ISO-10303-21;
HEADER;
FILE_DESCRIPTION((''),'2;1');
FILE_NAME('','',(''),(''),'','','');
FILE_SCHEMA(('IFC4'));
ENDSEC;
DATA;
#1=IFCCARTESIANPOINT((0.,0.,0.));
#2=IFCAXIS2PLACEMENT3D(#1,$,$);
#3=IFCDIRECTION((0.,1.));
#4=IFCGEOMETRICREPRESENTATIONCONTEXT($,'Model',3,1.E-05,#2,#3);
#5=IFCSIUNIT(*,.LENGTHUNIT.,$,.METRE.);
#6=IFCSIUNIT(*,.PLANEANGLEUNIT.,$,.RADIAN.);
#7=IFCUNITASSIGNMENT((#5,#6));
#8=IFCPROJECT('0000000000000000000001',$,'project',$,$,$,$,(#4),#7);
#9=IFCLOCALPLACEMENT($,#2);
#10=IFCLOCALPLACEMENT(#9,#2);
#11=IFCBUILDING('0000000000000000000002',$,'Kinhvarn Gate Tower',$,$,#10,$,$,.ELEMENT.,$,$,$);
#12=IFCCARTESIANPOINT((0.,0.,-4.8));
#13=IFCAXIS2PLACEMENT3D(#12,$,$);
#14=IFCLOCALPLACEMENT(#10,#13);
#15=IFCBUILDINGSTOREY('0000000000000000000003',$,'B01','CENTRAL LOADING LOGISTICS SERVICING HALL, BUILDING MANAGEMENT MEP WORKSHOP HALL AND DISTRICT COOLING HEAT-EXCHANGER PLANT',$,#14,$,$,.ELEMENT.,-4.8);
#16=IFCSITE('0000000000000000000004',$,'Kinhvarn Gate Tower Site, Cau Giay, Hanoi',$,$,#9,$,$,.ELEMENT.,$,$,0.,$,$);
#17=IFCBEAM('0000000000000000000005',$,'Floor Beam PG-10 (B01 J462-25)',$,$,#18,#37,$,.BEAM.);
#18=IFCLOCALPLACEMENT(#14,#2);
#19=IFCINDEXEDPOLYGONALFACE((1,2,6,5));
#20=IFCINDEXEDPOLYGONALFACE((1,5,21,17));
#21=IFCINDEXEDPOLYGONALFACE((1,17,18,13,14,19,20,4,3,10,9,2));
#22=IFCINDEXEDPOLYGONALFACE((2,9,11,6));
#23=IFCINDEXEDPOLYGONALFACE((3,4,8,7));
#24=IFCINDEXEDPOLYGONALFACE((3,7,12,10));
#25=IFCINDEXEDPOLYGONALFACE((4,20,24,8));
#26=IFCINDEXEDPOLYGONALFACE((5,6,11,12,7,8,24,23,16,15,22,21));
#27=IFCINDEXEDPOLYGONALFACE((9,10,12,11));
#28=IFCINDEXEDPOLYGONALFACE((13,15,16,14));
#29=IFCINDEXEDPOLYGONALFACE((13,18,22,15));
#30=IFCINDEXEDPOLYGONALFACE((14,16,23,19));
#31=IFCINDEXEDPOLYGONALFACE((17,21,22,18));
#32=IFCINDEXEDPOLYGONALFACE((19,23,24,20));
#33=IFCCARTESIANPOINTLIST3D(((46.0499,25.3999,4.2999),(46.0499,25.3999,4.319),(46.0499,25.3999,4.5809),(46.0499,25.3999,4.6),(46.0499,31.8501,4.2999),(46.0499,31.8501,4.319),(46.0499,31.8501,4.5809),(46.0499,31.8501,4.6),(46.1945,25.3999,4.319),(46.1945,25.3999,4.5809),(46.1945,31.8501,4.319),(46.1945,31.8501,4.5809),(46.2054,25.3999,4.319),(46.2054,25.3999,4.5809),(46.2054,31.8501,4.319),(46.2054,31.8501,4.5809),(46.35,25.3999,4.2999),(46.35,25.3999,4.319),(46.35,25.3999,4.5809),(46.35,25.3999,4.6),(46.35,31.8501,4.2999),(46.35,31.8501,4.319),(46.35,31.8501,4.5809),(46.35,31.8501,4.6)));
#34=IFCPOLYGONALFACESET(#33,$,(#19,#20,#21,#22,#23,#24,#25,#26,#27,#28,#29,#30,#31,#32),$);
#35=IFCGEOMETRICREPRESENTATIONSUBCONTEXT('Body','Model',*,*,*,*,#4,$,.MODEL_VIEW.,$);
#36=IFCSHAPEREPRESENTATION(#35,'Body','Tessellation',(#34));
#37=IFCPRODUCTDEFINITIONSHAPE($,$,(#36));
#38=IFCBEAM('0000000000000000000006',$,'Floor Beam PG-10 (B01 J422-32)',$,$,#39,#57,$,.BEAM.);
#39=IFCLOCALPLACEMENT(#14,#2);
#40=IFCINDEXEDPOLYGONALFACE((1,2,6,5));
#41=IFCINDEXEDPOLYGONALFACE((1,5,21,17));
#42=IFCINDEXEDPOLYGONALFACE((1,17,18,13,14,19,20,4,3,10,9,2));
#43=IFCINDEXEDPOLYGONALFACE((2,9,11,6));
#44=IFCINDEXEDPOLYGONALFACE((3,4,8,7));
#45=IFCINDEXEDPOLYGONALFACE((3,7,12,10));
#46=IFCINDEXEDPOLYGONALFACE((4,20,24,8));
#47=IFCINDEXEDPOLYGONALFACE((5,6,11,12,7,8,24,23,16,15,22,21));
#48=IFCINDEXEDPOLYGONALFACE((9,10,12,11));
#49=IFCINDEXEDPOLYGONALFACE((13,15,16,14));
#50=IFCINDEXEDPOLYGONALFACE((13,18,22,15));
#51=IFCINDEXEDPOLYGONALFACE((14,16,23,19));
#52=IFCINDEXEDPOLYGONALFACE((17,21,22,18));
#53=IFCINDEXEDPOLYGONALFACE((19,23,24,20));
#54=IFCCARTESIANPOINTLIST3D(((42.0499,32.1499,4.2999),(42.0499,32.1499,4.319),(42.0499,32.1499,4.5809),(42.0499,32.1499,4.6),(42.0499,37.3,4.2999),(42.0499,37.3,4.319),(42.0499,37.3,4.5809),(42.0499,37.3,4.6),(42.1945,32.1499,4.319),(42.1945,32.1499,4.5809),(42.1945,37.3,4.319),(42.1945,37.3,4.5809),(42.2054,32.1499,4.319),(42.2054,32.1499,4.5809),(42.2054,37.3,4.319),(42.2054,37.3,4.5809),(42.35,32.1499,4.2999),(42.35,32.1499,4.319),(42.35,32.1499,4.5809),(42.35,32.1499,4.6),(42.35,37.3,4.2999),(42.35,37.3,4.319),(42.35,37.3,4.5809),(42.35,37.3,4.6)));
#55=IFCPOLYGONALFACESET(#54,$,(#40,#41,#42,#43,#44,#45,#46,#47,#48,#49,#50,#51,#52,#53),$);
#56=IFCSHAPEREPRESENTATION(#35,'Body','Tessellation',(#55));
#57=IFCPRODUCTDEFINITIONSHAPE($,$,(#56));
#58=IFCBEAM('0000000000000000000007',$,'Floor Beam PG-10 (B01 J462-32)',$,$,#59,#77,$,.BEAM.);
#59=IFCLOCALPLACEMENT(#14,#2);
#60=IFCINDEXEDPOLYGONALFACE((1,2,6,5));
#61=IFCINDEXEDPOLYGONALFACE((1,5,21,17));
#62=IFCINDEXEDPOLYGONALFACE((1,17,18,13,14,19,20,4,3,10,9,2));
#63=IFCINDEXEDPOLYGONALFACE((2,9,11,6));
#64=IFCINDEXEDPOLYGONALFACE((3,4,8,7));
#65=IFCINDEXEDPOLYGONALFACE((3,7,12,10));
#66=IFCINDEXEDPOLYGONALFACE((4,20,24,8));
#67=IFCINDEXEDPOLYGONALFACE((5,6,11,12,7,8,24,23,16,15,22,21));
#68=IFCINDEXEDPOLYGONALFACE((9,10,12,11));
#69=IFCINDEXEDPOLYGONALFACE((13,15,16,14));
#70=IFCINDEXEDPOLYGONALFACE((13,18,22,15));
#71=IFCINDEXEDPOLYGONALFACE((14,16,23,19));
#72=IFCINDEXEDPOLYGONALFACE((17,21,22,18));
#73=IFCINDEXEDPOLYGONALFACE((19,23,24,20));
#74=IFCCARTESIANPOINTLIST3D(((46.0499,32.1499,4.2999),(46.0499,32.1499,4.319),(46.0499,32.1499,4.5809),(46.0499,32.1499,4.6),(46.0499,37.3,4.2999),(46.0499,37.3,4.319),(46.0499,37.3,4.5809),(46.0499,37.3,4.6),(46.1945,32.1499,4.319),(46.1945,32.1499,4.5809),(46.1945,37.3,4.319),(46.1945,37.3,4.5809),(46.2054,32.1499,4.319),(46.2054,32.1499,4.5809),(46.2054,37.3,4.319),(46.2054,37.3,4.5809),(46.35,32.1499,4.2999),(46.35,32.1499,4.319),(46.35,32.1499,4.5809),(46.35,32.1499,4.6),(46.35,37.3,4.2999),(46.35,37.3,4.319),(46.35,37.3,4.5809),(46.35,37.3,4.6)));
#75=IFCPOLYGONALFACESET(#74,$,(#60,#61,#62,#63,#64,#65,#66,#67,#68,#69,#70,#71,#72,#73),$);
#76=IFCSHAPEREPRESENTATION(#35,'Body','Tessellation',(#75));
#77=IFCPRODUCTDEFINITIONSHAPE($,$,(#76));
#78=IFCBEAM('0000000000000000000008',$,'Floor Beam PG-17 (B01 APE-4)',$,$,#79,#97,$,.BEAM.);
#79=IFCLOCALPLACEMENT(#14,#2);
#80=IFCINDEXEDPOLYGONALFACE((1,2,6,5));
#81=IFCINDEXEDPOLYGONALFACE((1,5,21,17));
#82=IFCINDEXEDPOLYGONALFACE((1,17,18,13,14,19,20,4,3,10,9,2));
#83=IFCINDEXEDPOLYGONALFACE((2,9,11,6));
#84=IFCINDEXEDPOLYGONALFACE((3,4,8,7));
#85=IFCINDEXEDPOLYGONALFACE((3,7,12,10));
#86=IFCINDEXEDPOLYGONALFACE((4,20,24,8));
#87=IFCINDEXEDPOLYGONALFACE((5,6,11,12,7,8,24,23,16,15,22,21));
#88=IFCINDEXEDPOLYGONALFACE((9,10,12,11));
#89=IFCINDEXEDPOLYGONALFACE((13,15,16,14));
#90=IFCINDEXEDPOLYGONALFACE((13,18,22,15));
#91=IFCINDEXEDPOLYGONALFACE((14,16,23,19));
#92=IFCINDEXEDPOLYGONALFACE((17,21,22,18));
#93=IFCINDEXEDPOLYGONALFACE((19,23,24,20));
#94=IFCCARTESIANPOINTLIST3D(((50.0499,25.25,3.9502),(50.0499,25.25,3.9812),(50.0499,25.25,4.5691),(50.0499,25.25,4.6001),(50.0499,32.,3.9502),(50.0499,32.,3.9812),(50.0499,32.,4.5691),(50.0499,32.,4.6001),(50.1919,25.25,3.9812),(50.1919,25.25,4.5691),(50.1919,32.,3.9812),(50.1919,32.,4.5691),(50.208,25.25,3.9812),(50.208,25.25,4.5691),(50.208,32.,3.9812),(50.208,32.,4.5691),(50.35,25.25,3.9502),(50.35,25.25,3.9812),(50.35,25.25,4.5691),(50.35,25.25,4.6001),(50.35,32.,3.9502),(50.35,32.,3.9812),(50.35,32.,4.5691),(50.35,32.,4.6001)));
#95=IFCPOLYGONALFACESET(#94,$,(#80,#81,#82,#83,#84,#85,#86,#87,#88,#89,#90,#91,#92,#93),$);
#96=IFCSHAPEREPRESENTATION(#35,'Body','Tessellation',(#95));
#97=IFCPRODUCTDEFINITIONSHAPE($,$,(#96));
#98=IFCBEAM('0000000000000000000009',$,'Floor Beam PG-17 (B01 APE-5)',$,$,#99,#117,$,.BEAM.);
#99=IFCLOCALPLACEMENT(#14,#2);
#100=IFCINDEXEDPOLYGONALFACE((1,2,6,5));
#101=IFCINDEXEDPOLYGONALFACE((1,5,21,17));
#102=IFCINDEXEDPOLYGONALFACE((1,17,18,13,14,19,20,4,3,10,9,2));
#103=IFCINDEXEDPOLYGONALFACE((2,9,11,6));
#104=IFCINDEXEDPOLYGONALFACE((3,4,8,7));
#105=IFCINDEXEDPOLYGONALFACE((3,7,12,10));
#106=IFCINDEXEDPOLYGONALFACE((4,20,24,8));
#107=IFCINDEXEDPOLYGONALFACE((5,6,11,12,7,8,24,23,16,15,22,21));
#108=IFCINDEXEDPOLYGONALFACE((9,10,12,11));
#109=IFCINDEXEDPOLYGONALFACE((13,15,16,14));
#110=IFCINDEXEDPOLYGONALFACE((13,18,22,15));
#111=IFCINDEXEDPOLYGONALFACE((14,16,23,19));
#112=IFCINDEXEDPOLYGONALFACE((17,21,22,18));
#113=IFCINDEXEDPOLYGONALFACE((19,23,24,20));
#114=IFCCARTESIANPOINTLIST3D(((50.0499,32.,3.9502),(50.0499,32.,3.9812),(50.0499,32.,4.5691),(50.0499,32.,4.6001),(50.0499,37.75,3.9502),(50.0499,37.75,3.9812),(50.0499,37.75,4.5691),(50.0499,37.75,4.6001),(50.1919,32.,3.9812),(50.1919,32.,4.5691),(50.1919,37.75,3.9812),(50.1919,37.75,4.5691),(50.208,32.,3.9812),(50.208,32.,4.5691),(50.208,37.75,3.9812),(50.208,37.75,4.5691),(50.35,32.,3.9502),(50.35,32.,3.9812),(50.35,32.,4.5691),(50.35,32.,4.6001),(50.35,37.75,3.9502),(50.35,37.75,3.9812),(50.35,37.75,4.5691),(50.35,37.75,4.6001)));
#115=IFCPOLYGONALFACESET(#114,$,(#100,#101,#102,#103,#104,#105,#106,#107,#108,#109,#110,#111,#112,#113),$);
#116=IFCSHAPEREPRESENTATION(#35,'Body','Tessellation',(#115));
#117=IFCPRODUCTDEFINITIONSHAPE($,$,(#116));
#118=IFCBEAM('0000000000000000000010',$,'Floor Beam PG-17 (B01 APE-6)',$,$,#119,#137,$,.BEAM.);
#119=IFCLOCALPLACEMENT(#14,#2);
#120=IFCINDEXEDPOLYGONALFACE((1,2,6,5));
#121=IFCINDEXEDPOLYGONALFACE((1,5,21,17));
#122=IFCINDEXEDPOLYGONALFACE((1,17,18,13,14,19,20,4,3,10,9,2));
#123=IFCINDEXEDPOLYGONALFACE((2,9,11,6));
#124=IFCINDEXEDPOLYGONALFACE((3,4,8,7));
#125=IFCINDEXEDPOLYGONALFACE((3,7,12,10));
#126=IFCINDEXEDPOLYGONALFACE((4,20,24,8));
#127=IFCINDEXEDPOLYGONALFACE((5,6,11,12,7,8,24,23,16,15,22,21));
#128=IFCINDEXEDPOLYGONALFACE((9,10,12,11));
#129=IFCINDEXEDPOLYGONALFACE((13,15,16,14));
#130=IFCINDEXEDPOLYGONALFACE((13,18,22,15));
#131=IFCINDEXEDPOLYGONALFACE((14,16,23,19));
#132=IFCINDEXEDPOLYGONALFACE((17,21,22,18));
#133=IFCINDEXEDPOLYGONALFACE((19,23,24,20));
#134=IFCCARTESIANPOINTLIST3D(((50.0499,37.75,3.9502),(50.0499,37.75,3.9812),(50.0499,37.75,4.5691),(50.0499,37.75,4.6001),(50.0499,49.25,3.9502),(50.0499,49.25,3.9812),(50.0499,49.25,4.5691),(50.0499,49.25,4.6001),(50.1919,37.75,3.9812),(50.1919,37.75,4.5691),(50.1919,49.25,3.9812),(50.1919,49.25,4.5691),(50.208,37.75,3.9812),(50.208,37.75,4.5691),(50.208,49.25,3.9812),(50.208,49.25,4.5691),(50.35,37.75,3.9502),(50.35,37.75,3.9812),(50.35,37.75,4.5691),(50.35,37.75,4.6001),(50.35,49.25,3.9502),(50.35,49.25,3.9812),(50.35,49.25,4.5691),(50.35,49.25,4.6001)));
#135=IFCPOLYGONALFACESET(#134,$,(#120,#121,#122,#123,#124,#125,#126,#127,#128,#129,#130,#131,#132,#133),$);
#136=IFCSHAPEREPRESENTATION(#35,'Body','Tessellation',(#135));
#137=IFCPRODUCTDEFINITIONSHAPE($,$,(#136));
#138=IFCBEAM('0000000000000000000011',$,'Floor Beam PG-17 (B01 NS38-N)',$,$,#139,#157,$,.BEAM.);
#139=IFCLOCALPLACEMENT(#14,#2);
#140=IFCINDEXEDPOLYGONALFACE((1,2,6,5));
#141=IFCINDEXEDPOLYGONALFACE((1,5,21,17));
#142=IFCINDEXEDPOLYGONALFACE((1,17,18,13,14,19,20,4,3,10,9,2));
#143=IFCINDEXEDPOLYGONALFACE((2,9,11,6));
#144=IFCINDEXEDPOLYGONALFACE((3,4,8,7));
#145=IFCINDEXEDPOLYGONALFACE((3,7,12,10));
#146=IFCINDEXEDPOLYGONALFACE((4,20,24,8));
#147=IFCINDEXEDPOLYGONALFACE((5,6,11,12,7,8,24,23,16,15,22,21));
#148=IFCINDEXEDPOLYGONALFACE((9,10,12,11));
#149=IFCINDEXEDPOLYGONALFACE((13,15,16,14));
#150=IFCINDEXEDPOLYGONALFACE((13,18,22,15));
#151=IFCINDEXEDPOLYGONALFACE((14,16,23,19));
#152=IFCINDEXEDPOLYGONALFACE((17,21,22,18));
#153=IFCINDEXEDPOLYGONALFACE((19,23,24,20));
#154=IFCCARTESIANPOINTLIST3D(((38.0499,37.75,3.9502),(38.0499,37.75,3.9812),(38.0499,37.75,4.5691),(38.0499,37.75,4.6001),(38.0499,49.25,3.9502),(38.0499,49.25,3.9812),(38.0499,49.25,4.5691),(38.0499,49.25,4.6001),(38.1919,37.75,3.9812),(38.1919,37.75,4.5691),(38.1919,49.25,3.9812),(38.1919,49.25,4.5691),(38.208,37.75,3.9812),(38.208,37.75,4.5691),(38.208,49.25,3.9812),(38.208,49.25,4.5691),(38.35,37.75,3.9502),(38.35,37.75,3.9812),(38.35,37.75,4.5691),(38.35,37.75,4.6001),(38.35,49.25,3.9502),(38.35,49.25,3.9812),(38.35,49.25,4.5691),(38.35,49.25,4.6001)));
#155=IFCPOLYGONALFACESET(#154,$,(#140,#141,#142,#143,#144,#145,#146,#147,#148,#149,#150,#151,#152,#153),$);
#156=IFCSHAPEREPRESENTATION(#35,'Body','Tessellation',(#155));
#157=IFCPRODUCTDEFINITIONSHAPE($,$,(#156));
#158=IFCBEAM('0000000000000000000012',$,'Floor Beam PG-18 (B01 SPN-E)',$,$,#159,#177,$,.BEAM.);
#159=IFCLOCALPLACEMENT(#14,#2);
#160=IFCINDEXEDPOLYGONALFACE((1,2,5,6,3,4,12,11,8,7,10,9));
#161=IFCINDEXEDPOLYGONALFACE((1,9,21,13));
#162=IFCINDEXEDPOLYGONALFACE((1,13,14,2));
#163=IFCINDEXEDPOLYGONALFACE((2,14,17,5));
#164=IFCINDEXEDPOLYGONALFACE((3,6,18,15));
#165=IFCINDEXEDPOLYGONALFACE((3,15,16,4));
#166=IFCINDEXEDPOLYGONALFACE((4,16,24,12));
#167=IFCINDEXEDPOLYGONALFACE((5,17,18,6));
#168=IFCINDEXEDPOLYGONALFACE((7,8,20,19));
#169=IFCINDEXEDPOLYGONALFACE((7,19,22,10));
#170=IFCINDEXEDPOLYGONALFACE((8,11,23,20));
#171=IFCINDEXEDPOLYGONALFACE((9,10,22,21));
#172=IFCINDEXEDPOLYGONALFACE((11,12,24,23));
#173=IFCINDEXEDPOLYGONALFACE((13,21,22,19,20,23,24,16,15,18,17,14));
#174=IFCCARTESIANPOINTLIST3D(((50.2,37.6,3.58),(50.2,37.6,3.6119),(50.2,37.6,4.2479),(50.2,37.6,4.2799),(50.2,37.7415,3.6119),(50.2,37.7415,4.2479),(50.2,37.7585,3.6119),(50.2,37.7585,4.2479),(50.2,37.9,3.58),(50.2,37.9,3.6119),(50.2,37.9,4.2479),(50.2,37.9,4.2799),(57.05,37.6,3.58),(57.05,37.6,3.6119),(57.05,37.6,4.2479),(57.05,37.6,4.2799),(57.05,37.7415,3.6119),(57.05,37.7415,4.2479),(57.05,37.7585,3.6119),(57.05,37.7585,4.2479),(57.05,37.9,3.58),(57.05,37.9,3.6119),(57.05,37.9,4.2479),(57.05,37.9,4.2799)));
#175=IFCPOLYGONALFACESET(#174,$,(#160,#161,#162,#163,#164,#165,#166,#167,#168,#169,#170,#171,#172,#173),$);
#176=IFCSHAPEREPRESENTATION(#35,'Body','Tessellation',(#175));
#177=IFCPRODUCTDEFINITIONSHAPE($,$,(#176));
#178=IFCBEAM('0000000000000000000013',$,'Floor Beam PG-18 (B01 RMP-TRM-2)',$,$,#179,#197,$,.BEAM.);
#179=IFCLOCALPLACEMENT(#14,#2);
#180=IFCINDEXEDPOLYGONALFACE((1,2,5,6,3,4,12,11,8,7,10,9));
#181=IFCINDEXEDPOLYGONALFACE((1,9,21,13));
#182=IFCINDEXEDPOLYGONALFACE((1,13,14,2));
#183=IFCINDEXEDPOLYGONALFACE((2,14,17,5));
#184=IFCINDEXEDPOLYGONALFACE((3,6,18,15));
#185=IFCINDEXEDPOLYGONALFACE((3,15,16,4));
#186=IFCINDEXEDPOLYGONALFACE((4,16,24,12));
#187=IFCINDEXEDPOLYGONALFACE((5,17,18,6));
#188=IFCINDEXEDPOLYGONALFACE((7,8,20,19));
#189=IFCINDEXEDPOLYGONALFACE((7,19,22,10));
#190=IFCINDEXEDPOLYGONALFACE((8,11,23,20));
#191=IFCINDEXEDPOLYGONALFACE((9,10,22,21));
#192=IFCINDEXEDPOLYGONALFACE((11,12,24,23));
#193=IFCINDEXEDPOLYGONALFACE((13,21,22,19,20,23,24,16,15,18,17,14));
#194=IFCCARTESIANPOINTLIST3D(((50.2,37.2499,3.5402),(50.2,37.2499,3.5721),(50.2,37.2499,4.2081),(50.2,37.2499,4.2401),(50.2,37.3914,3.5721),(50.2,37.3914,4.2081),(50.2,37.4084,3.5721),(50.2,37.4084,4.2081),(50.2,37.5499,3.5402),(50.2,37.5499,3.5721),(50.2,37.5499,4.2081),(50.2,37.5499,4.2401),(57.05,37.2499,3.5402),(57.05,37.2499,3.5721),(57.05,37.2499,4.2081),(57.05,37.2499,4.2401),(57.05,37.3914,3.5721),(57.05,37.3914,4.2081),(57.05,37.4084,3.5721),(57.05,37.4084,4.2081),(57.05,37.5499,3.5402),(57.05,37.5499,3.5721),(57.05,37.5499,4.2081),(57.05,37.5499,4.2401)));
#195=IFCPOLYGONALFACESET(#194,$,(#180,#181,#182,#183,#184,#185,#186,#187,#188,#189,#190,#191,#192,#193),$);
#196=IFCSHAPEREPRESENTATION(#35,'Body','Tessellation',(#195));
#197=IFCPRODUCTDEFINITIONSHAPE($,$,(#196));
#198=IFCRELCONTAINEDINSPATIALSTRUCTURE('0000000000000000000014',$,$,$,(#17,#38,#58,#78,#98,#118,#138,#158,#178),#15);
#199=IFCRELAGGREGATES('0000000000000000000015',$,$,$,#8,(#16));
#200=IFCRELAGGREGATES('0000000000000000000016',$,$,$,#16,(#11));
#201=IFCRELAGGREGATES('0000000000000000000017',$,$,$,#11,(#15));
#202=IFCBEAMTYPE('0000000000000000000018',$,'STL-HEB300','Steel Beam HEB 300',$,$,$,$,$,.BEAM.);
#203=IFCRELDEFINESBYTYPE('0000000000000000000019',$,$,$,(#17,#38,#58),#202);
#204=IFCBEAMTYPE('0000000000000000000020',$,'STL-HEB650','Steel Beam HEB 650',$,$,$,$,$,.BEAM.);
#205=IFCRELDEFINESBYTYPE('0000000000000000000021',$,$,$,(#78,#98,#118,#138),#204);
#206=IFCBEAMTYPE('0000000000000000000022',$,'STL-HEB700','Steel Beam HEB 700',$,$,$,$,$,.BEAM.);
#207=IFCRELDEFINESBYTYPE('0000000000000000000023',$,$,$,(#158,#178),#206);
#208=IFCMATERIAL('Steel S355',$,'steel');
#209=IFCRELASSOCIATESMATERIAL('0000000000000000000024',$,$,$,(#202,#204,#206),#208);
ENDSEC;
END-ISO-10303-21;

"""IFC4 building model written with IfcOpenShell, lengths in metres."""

from ifc_helpers import new_model, si_unit, direction, frame, origin, origin_2d, place, context, subcontext, project, spatial, i_section, extrude, material, material_profile, profile_set, type_object, element, save


model = new_model("IFC4")

# Units and contexts
model_context = context("Model", 3, precision=1e-05, world=origin(), true_north=direction((0.0, 1.0)))
body_context = subcontext(model_context, "Body", "Model", "MODEL_VIEW")
ifc_project = project(units=[si_unit("LENGTHUNIT", "METRE"), si_unit("PLANEANGLEUNIT", "RADIAN")], contexts=[model_context])

# Site, building, storey
site_placement = place(None, origin())
site = spatial("IfcSite", under=ifc_project, at=site_placement, Name="Kinhvarn Gate Tower Site, Cau Giay, Hanoi", CompositionType="ELEMENT", RefElevation=0.0)
building_placement = place(site_placement, origin())
building = spatial("IfcBuilding", under=site, at=building_placement, Name="Kinhvarn Gate Tower", CompositionType="ELEMENT")
storey_placement = place(building_placement, frame((0.0, 0.0, -4.8)))
storey = spatial("IfcBuildingStorey", under=building, at=storey_placement, Name="B01", Description="CENTRAL LOADING LOGISTICS SERVICING HALL, BUILDING MANAGEMENT MEP WORKSHOP HALL AND DISTRICT COOLING HEAT-EXCHANGER PLANT", CompositionType="ELEMENT", Elevation=-4.8)

# Beams
ifc_material_1 = material(Name="Steel S355", Category="steel")
ifc_material_profile_1 = material_profile(ifc_material_1, i_section(OverallWidth=0.3, OverallDepth=0.3, WebThickness=0.011, FlangeThickness=0.019, at=origin_2d()), Name="HEB 300")
ifc_profile_set_1 = profile_set([ifc_material_profile_1], Name="Steel S355")
beam_type_1 = type_object("IfcBeamType", Name="STL-HEB300", Description="Steel Beam HEB 300", PredefinedType="BEAM", material=ifc_profile_set_1)
for number, where, z_axis, x_axis, name in (
    (1, (46.2, 25.3999, 4.45), (0.0, 1.0, 0.0), (-1.0, 0.0, 0.0), "Floor Beam PG-10 (B01 J462-25)"),
):
    element("IfcBeam", number, at=place(storey_placement, frame(where, z_axis=z_axis, x_axis=x_axis)), inside=storey, type_object=beam_type_1, Name=name, PredefinedType="BEAM", context=body_context, shape_type="SweptSolid", body=[
        extrude(i_section(OverallWidth=0.3, OverallDepth=0.3, WebThickness=0.011, FlangeThickness=0.019, at=origin_2d()), origin(), (0.0, 0.0, 1.0), 6.4502),
    ])
for number, where, z_axis, x_axis, name in (
    (2, (42.2, 32.1499, 4.45), (0.0, 1.0, 0.0), (-1.0, 0.0, 0.0), "Floor Beam PG-10 (B01 J422-32)"),
    (3, (46.2, 32.1499, 4.45), (0.0, 1.0, 0.0), (-1.0, 0.0, 0.0), "Floor Beam PG-10 (B01 J462-32)"),
):
    element("IfcBeam", number, at=place(storey_placement, frame(where, z_axis=z_axis, x_axis=x_axis)), inside=storey, type_object=beam_type_1, Name=name, PredefinedType="BEAM", context=body_context, shape_type="SweptSolid", body=[
        extrude(i_section(OverallWidth=0.3, OverallDepth=0.3, WebThickness=0.011, FlangeThickness=0.019, at=origin_2d()), origin(), (0.0, 0.0, 1.0), 5.1501),
    ])
ifc_material_profile_2 = material_profile(ifc_material_1, i_section(OverallWidth=0.3, OverallDepth=0.6499, WebThickness=0.0161, FlangeThickness=0.031, at=origin_2d()), Name="HEB 650")
ifc_profile_set_2 = profile_set([ifc_material_profile_2], Name="Steel S355")
beam_type_2 = type_object("IfcBeamType", Name="STL-HEB650", Description="Steel Beam HEB 650", PredefinedType="BEAM", material=ifc_profile_set_2)
beam_1_placement = place(storey_placement, frame((50.2, 25.25, 4.2751), z_axis=(0.0, 1.0, 0.0), x_axis=(-1.0, 0.0, 0.0)))
element("IfcBeam", 4, at=beam_1_placement, inside=storey, type_object=beam_type_2, Name="Floor Beam PG-17 (B01 APE-4)", PredefinedType="BEAM", context=body_context, shape_type="SweptSolid", body=[
    extrude(i_section(OverallWidth=0.3, OverallDepth=0.6499, WebThickness=0.0161, FlangeThickness=0.031, at=origin_2d()), origin(), (0.0, 0.0, 1.0), 6.75),
])
beam_2_placement = place(storey_placement, frame((50.2, 32.0, 4.2751), z_axis=(0.0, 1.0, 0.0), x_axis=(-1.0, 0.0, 0.0)))
element("IfcBeam", 5, at=beam_2_placement, inside=storey, type_object=beam_type_2, Name="Floor Beam PG-17 (B01 APE-5)", PredefinedType="BEAM", context=body_context, shape_type="SweptSolid", body=[
    extrude(i_section(OverallWidth=0.3, OverallDepth=0.6499, WebThickness=0.0161, FlangeThickness=0.031, at=origin_2d()), origin(), (0.0, 0.0, 1.0), 5.75),
])
for number, where, z_axis, x_axis, name in (
    (6, (50.2, 37.75, 4.2751), (0.0, 1.0, 0.0), (-1.0, 0.0, 0.0), "Floor Beam PG-17 (B01 APE-6)"),
    (7, (38.2, 37.75, 4.2751), (0.0, 1.0, 0.0), (-1.0, 0.0, 0.0), "Floor Beam PG-17 (B01 NS38-N)"),
):
    element("IfcBeam", number, at=place(storey_placement, frame(where, z_axis=z_axis, x_axis=x_axis)), inside=storey, type_object=beam_type_2, Name=name, PredefinedType="BEAM", context=body_context, shape_type="SweptSolid", body=[
        extrude(i_section(OverallWidth=0.3, OverallDepth=0.6499, WebThickness=0.0161, FlangeThickness=0.031, at=origin_2d()), origin(), (0.0, 0.0, 1.0), 11.5),
    ])
ifc_material_profile_3 = material_profile(ifc_material_1, i_section(OverallWidth=0.3, OverallDepth=0.7, WebThickness=0.0171, FlangeThickness=0.032, at=origin_2d()), Name="HEB 700")
ifc_profile_set_3 = profile_set([ifc_material_profile_3], Name="Steel S355")
beam_type_3 = type_object("IfcBeamType", Name="STL-HEB700", Description="Steel Beam HEB 700", PredefinedType="BEAM", material=ifc_profile_set_3)
for number, where, z_axis, x_axis, name in (
    (8, (50.2, 37.75, 3.9299), (1.0, 0.0, 0.0), (0.0, 1.0, 0.0), "Floor Beam PG-18 (B01 SPN-E)"),
    (9, (50.2, 37.3999, 3.8901), (1.0, 0.0, 0.0), (0.0, 1.0, 0.0), "Floor Beam PG-18 (B01 RMP-TRM-2)"),
):
    element("IfcBeam", number, at=place(storey_placement, frame(where, z_axis=z_axis, x_axis=x_axis)), inside=storey, type_object=beam_type_3, Name=name, PredefinedType="BEAM", context=body_context, shape_type="SweptSolid", body=[
        extrude(i_section(OverallWidth=0.3, OverallDepth=0.7, WebThickness=0.0171, FlangeThickness=0.032, at=origin_2d()), origin(), (0.0, 0.0, 1.0), 6.8501),
    ])

save(model, "model.ifc")
